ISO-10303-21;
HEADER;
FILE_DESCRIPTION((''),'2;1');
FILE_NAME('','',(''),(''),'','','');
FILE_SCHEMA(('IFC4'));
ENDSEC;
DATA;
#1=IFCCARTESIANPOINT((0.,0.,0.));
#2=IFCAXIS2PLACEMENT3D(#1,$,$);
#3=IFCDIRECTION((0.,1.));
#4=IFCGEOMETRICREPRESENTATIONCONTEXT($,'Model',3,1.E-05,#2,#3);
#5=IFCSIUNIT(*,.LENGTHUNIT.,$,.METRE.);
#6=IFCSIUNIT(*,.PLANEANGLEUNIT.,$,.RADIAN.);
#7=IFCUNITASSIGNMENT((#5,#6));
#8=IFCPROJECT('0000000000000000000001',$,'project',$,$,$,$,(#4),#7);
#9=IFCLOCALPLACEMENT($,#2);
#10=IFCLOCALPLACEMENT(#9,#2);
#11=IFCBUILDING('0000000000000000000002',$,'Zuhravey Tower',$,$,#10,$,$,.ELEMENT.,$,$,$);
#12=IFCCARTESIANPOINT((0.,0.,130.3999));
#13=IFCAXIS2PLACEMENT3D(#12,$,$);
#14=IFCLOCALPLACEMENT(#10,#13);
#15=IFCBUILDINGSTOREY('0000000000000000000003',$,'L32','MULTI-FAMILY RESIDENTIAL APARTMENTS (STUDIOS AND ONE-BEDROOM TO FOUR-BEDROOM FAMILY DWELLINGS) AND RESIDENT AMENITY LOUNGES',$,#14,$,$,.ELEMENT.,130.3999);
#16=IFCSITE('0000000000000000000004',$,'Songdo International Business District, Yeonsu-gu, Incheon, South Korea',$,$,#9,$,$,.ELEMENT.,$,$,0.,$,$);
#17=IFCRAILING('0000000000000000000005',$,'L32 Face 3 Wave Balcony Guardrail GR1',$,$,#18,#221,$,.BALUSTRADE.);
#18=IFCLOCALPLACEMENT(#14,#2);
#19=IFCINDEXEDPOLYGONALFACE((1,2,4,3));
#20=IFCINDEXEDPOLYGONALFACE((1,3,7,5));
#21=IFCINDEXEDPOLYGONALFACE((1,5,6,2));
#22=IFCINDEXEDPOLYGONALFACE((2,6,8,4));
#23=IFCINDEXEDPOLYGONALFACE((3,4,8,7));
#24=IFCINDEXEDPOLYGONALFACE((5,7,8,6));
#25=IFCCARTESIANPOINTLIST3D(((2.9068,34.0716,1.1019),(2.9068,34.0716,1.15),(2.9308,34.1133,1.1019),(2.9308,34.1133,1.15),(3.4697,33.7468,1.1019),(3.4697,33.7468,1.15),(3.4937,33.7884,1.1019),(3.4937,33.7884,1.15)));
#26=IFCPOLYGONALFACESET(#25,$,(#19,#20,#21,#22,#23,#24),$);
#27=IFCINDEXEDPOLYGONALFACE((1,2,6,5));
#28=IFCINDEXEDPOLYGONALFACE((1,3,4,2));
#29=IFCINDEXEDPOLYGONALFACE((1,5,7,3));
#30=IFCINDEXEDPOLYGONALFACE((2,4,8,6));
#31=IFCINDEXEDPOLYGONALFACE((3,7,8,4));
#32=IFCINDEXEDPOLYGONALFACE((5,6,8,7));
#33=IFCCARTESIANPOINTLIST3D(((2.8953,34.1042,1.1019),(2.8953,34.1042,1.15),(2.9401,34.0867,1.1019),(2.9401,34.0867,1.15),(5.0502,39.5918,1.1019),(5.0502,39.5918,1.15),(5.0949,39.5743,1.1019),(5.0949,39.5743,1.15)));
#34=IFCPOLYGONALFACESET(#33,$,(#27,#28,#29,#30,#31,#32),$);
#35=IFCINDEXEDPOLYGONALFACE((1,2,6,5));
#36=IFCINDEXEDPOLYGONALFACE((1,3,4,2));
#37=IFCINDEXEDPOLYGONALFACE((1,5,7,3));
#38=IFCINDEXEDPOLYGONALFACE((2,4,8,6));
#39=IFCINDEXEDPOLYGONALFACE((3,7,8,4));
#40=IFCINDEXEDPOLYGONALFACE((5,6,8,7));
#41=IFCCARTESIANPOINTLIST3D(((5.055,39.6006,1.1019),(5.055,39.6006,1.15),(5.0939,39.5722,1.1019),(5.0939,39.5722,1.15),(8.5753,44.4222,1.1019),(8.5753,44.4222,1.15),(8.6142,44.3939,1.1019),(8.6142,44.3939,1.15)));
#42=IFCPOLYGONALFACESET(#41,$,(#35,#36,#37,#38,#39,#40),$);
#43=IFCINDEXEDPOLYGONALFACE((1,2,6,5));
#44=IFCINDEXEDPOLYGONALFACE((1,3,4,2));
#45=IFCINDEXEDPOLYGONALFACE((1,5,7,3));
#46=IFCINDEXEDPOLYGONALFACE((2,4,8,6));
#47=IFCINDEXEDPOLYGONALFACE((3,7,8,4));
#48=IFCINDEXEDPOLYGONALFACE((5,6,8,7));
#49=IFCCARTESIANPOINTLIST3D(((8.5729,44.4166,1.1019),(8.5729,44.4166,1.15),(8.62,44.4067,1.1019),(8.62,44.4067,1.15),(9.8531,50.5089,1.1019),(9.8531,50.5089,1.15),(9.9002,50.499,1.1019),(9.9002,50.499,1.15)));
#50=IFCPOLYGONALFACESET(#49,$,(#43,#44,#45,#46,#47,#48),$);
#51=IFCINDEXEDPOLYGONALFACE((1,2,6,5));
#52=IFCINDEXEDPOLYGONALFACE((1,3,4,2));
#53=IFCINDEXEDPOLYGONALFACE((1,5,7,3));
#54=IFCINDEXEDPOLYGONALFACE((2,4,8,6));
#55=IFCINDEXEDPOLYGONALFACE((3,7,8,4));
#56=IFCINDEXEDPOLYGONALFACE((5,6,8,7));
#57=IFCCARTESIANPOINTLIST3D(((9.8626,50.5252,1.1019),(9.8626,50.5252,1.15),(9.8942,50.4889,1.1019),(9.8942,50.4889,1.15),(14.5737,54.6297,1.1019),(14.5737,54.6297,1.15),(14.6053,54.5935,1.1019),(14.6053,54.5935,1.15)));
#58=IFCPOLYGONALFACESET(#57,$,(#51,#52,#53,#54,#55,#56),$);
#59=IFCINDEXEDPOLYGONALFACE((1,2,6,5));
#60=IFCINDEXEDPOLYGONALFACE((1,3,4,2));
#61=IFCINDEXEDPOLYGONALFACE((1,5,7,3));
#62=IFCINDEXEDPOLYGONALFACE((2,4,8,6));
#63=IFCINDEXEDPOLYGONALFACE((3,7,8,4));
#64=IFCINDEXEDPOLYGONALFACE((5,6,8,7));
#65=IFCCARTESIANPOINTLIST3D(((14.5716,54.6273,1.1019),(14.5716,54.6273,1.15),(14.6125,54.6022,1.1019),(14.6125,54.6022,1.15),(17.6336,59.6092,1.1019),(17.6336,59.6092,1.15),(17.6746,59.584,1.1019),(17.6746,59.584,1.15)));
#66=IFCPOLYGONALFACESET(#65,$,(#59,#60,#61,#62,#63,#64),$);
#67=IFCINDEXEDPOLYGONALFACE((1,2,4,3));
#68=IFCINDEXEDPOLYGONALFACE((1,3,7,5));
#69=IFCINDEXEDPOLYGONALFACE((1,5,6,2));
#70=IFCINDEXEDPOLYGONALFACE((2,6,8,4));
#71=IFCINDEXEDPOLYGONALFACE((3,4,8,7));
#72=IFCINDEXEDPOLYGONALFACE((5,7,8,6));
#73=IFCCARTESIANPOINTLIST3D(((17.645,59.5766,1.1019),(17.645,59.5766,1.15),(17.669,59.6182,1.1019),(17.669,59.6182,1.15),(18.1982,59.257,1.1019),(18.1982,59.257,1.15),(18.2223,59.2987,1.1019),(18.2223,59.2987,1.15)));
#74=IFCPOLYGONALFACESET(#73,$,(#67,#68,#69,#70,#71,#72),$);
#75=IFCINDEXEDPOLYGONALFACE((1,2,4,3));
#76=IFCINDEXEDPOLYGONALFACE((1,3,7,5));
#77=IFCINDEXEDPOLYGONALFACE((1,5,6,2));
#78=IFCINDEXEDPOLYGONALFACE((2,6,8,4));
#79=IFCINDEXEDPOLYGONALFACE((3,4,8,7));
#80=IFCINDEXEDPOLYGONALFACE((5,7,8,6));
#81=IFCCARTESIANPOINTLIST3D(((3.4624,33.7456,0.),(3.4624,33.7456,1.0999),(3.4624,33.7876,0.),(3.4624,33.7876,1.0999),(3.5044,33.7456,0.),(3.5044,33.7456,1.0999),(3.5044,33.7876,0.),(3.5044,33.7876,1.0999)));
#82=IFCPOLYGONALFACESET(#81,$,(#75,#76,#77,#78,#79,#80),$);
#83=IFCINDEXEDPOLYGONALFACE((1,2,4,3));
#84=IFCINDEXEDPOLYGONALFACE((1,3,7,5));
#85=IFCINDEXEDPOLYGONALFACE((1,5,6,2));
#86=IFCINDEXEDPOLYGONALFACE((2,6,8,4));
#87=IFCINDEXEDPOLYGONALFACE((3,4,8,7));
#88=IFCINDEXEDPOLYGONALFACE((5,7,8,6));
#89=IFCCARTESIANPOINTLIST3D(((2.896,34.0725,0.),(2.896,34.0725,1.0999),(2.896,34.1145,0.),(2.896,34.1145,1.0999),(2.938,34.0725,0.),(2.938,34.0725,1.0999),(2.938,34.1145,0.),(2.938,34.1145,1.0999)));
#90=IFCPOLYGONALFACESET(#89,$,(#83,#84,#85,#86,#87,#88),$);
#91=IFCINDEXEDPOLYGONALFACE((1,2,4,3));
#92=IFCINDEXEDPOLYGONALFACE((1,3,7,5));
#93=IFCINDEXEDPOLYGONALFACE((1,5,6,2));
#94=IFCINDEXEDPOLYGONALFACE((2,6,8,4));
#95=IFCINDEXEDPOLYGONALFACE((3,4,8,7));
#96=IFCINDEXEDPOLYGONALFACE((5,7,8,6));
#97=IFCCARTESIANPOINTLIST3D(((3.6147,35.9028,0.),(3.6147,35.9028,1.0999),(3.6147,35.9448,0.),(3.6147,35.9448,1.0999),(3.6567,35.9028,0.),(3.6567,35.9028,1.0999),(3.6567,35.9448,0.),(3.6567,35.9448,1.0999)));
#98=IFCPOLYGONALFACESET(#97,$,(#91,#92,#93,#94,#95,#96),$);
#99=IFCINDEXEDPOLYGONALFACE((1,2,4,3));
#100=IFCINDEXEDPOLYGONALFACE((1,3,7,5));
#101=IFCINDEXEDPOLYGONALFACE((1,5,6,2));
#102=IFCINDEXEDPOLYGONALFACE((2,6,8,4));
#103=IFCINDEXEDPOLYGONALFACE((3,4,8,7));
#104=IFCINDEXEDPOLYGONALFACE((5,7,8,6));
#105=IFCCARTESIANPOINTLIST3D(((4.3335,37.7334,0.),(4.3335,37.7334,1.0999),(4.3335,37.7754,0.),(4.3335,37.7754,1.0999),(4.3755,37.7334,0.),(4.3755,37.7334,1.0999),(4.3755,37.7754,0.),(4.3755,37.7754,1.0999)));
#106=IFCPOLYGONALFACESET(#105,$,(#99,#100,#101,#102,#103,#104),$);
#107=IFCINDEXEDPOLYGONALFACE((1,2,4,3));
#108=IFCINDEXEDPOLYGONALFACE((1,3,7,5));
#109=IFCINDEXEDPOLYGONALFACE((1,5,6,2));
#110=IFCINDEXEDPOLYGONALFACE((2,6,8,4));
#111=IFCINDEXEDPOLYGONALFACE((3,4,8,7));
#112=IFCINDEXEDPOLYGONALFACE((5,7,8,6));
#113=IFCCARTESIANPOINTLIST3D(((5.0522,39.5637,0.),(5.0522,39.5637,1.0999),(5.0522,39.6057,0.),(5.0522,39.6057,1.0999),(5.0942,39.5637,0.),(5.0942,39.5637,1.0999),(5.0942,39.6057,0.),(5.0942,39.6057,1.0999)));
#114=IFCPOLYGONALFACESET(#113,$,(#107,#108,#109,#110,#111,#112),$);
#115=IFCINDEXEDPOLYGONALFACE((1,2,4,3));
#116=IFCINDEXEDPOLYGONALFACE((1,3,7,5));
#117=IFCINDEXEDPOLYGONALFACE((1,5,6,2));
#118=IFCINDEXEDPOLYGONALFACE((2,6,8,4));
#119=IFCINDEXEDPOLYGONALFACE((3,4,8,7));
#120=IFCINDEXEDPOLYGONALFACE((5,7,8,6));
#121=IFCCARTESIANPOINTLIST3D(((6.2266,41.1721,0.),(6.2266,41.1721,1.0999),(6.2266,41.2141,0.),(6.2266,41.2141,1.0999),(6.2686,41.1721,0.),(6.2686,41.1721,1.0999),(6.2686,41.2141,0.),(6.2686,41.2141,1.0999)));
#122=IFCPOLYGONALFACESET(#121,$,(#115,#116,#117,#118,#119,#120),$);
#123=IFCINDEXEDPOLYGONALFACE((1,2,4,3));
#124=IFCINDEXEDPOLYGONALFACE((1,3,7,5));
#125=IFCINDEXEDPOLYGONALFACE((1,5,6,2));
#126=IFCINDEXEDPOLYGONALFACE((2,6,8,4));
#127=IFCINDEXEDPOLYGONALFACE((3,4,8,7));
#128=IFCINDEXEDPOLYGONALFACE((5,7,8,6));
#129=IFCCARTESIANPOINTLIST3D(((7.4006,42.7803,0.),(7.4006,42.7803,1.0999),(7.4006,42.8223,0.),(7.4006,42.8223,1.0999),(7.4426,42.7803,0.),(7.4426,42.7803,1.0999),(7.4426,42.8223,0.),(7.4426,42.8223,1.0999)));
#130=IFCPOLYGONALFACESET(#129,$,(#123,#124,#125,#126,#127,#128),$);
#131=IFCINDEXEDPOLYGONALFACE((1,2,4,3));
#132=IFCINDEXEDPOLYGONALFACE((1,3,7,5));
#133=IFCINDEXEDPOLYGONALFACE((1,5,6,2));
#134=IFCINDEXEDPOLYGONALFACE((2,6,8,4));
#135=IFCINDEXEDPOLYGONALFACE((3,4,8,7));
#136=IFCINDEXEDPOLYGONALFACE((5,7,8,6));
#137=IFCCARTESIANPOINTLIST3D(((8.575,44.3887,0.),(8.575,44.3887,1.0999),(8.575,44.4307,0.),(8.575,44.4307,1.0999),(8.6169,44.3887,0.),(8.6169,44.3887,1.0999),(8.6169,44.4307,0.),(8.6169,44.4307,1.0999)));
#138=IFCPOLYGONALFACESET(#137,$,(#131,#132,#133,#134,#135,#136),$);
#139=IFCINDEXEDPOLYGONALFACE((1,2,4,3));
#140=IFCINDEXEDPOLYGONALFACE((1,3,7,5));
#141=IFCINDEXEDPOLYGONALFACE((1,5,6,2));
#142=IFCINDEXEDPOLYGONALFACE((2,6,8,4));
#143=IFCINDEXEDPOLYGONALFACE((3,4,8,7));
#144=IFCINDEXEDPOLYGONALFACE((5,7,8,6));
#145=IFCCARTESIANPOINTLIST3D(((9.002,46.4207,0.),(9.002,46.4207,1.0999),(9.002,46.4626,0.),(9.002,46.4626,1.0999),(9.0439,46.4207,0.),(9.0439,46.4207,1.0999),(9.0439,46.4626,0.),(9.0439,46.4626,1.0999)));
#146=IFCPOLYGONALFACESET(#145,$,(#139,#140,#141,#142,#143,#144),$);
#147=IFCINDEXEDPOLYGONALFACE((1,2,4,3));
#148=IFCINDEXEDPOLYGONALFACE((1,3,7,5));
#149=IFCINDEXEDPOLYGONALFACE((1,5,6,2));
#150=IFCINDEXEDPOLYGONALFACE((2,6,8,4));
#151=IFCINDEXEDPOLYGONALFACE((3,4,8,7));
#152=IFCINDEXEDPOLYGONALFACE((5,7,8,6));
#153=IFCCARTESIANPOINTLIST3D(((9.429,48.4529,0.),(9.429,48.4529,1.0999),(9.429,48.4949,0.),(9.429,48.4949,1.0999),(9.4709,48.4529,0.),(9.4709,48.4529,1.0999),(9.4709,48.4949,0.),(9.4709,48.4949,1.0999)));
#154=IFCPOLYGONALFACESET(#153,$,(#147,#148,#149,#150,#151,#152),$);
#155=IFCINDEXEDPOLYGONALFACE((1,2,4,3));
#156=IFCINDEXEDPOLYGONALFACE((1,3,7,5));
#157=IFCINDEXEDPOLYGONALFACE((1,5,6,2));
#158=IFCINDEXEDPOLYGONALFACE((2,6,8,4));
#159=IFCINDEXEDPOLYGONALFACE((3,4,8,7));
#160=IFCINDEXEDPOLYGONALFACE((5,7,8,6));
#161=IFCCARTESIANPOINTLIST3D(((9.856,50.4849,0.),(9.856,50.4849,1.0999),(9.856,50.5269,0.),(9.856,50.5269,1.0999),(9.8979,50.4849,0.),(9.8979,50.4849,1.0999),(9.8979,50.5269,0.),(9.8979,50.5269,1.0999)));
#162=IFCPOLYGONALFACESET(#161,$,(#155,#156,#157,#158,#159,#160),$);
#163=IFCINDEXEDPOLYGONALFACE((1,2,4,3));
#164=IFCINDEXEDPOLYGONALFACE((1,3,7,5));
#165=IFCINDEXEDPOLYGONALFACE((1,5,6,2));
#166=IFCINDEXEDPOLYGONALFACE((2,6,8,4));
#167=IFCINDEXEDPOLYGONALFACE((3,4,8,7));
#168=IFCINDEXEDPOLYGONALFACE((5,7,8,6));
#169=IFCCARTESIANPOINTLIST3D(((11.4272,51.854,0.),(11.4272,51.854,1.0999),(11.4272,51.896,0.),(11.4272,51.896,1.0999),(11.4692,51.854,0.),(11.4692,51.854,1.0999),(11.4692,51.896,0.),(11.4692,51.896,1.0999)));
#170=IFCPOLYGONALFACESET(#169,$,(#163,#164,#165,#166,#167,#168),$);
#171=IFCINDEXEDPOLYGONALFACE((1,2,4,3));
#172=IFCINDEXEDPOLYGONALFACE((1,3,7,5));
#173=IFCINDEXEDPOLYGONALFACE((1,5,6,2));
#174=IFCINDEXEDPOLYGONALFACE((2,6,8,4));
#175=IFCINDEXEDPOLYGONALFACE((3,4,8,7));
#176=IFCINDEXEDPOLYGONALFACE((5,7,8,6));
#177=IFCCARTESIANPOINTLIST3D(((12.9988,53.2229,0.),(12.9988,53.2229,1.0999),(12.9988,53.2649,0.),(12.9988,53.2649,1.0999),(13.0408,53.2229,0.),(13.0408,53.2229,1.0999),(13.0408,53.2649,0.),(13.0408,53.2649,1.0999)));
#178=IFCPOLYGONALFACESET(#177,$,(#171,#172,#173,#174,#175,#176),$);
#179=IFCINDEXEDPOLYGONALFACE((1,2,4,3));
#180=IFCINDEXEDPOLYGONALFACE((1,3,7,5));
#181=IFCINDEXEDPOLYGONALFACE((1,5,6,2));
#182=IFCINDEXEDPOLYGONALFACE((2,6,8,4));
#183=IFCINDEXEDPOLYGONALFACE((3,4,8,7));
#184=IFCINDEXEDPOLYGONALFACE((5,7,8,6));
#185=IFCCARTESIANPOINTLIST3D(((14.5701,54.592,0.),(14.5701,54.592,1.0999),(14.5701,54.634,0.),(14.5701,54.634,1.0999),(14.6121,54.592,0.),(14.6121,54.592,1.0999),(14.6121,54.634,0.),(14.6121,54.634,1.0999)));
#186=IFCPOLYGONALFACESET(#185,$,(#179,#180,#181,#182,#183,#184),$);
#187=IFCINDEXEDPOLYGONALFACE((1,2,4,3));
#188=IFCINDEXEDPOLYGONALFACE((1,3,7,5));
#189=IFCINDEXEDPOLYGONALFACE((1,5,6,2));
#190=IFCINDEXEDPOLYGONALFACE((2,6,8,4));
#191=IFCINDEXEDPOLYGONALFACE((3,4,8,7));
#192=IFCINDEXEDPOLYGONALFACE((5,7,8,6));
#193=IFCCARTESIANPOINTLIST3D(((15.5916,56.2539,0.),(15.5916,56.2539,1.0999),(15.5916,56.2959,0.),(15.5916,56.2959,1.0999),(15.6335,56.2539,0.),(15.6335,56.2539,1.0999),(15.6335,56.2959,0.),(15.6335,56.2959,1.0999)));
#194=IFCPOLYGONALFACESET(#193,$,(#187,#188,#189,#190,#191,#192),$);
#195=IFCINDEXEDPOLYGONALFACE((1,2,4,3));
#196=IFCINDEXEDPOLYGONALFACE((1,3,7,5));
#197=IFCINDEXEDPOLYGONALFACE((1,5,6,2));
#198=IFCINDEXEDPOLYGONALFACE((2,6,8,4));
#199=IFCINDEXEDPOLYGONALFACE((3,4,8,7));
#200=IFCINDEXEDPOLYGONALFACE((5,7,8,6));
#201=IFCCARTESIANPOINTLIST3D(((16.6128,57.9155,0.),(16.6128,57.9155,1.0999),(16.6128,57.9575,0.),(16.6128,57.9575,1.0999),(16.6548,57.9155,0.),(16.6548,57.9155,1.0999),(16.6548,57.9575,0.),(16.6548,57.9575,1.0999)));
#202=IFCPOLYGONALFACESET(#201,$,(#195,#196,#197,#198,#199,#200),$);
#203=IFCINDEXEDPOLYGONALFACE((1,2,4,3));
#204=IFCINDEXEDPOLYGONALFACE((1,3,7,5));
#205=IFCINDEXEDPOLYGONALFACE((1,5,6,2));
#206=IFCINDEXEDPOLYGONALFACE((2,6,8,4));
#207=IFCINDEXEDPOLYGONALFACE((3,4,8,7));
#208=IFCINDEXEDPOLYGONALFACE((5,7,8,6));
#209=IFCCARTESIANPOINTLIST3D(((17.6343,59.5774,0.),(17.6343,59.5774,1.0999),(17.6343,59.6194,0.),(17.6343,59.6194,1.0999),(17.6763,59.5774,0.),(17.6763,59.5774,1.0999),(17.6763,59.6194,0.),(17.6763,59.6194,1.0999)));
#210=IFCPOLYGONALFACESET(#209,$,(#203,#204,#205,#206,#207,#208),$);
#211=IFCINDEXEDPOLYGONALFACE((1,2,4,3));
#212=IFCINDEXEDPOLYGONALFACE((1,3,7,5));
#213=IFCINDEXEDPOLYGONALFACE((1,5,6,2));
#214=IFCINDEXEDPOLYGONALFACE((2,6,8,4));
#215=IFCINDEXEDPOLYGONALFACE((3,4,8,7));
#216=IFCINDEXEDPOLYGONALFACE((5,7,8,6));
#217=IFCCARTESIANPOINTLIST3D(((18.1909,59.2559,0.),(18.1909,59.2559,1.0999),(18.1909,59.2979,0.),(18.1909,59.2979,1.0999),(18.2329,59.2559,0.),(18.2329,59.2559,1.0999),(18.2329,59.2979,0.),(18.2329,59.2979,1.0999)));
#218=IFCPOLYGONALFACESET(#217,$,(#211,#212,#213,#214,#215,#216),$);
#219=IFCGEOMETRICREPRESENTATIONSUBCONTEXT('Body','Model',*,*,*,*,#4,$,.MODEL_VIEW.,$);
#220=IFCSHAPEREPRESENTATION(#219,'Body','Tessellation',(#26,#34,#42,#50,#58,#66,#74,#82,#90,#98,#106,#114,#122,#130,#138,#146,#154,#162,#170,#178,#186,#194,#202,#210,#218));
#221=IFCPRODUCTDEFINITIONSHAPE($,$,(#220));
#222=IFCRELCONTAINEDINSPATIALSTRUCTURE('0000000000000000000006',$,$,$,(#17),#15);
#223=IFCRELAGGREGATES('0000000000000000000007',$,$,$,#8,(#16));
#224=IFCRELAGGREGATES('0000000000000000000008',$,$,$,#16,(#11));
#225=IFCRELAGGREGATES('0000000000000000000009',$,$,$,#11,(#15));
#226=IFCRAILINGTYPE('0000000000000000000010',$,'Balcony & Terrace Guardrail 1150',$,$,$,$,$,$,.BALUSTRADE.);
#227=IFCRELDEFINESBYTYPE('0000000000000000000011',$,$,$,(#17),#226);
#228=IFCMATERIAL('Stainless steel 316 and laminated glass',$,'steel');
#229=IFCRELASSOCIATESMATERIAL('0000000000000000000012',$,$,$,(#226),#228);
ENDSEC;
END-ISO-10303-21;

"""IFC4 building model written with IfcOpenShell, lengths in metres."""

from ifc_helpers import new_model, si_unit, direction, frame, origin, origin_2d, place, context, subcontext, project, spatial, rectangle, extrude, material, type_object, element, save


model = new_model("IFC4")

# Units and contexts
model_context = context("Model", 3, precision=1e-05, world=origin(), true_north=direction((0.0, 1.0)))
body_context = subcontext(model_context, "Body", "Model", "MODEL_VIEW")
ifc_project = project(units=[si_unit("LENGTHUNIT", "METRE"), si_unit("PLANEANGLEUNIT", "RADIAN")], contexts=[model_context])

# Site, building, storey
site_placement = place(None, origin())
site = spatial("IfcSite", under=ifc_project, at=site_placement, Name="Songdo International Business District, Yeonsu-gu, Incheon, South Korea", CompositionType="ELEMENT", RefElevation=0.0)
building_placement = place(site_placement, origin())
building = spatial("IfcBuilding", under=site, at=building_placement, Name="Zuhravey Tower", CompositionType="ELEMENT")
storey_placement = place(building_placement, frame((0.0, 0.0, 130.3999)))
storey = spatial("IfcBuildingStorey", under=building, at=storey_placement, Name="L32", Description="MULTI-FAMILY RESIDENTIAL APARTMENTS (STUDIOS AND ONE-BEDROOM TO FOUR-BEDROOM FAMILY DWELLINGS) AND RESIDENT AMENITY LOUNGES", CompositionType="ELEMENT", Elevation=130.3999)

# Railing
ifc_material_1 = material(Name="Stainless steel 316 and laminated glass", Category="steel")
railing_type = type_object("IfcRailingType", Name="Balcony & Terrace Guardrail 1150", PredefinedType="BALUSTRADE", material=ifc_material_1)
railing_placement = place(storey_placement, frame((3.4834, 33.7666, 0.0)))
element("IfcRailing", 1, at=railing_placement, inside=storey, type_object=railing_type, Name="L32 Face 3 Wave Balcony Guardrail GR1", PredefinedType="BALUSTRADE", context=body_context, shape_type="SweptSolid", body=[
    extrude(rectangle(XDim=0.0481, YDim=0.0481, at=origin_2d()), frame((-0.0017, 0.001, 1.126), z_axis=(-0.866099, 0.499873, 0.0), x_axis=(-0.499873, -0.866099, 0.0)), (0.0, 0.0, 1.0), 0.6499),
    extrude(rectangle(XDim=0.0481, YDim=0.0481, at=origin_2d()), frame((-0.5657, 0.3289, 1.126), z_axis=(0.365504, 0.93081, 0.0), x_axis=(-0.93081, 0.365504, 0.0)), (0.0, 0.0, 1.0), 5.8955),
    extrude(rectangle(XDim=0.0481, YDim=0.0481, at=origin_2d()), frame((1.5911, 5.8198, 1.126), z_axis=(0.589665, 0.807648, 0.0), x_axis=(-0.807648, 0.589665, 0.0)), (0.0, 0.0, 1.0), 5.97),
    extrude(rectangle(XDim=0.0481, YDim=0.0481, at=origin_2d()), frame((5.113, 10.645, 1.126), z_axis=(0.205641, 0.978627, 0.0), x_axis=(-0.978627, 0.205641, 0.0)), (0.0, 0.0, 1.0), 6.2253),
    extrude(rectangle(XDim=0.0481, YDim=0.0481, at=origin_2d()), frame((6.395, 16.7405, 1.126), z_axis=(0.753976, 0.656903, 0.0), x_axis=(-0.656903, 0.753976, 0.0)), (0.0, 0.0, 1.0), 6.2483),
    extrude(rectangle(XDim=0.0481, YDim=0.0481, at=origin_2d()), frame((11.1086, 20.8481, 1.126), z_axis=(0.523639, 0.85194, 0.0), x_axis=(-0.85194, 0.523639, 0.0)), (0.0, 0.0, 1.0), 5.8477),
    extrude(rectangle(XDim=0.0481, YDim=0.0481, at=origin_2d()), frame((14.1736, 25.8308, 1.126), z_axis=(0.86592, -0.500183, 0.0), x_axis=(0.500183, 0.86592, 0.0)), (0.0, 0.0, 1.0), 0.6389),
    extrude(rectangle(XDim=0.042, YDim=0.042, at=origin_2d()), origin(), (0.0, 0.0, 1.0), 1.0999),
    extrude(rectangle(XDim=0.042, YDim=0.042, at=origin_2d()), frame((-0.5664, 0.3269, 0.0)), (0.0, 0.0, 1.0), 1.0999),
    extrude(rectangle(XDim=0.042, YDim=0.042, at=origin_2d()), frame((0.1523, 2.1572, 0.0)), (0.0, 0.0, 1.0), 1.0999),
    extrude(rectangle(XDim=0.042, YDim=0.042, at=origin_2d()), frame((0.8711, 3.9878, 0.0)), (0.0, 0.0, 1.0), 1.0999),
    extrude(rectangle(XDim=0.042, YDim=0.042, at=origin_2d()), frame((1.5898, 5.8181, 0.0)), (0.0, 0.0, 1.0), 1.0999),
    extrude(rectangle(XDim=0.042, YDim=0.042, at=origin_2d()), frame((2.7642, 7.4265, 0.0)), (0.0, 0.0, 1.0), 1.0999),
    extrude(rectangle(XDim=0.042, YDim=0.042, at=origin_2d()), frame((3.9382, 9.0347, 0.0)), (0.0, 0.0, 1.0), 1.0999),
    extrude(rectangle(XDim=0.042, YDim=0.042, at=origin_2d()), frame((5.1125, 10.6431, 0.0)), (0.0, 0.0, 1.0), 1.0999),
    extrude(rectangle(XDim=0.042, YDim=0.042, at=origin_2d()), frame((5.5396, 12.675, 0.0)), (0.0, 0.0, 1.0), 1.0999),
    extrude(rectangle(XDim=0.042, YDim=0.042, at=origin_2d()), frame((5.9666, 14.7073, 0.0)), (0.0, 0.0, 1.0), 1.0999),
    extrude(rectangle(XDim=0.042, YDim=0.042, at=origin_2d()), frame((6.3936, 16.7393, 0.0)), (0.0, 0.0, 1.0), 1.0999),
    extrude(rectangle(XDim=0.042, YDim=0.042, at=origin_2d()), frame((7.9648, 18.1084, 0.0)), (0.0, 0.0, 1.0), 1.0999),
    extrude(rectangle(XDim=0.042, YDim=0.042, at=origin_2d()), frame((9.5364, 19.4773, 0.0)), (0.0, 0.0, 1.0), 1.0999),
    extrude(rectangle(XDim=0.042, YDim=0.042, at=origin_2d()), frame((11.1077, 20.8464, 0.0)), (0.0, 0.0, 1.0), 1.0999),
    extrude(rectangle(XDim=0.042, YDim=0.042, at=origin_2d()), frame((12.1292, 22.5083, 0.0)), (0.0, 0.0, 1.0), 1.0999),
    extrude(rectangle(XDim=0.042, YDim=0.042, at=origin_2d()), frame((13.1504, 24.1699, 0.0)), (0.0, 0.0, 1.0), 1.0999),
    extrude(rectangle(XDim=0.042, YDim=0.042, at=origin_2d()), frame((14.1719, 25.8318, 0.0)), (0.0, 0.0, 1.0), 1.0999),
    extrude(rectangle(XDim=0.042, YDim=0.042, at=origin_2d()), frame((14.7285, 25.5103, 0.0)), (0.0, 0.0, 1.0), 1.0999),
])

save(model, "model.ifc")
